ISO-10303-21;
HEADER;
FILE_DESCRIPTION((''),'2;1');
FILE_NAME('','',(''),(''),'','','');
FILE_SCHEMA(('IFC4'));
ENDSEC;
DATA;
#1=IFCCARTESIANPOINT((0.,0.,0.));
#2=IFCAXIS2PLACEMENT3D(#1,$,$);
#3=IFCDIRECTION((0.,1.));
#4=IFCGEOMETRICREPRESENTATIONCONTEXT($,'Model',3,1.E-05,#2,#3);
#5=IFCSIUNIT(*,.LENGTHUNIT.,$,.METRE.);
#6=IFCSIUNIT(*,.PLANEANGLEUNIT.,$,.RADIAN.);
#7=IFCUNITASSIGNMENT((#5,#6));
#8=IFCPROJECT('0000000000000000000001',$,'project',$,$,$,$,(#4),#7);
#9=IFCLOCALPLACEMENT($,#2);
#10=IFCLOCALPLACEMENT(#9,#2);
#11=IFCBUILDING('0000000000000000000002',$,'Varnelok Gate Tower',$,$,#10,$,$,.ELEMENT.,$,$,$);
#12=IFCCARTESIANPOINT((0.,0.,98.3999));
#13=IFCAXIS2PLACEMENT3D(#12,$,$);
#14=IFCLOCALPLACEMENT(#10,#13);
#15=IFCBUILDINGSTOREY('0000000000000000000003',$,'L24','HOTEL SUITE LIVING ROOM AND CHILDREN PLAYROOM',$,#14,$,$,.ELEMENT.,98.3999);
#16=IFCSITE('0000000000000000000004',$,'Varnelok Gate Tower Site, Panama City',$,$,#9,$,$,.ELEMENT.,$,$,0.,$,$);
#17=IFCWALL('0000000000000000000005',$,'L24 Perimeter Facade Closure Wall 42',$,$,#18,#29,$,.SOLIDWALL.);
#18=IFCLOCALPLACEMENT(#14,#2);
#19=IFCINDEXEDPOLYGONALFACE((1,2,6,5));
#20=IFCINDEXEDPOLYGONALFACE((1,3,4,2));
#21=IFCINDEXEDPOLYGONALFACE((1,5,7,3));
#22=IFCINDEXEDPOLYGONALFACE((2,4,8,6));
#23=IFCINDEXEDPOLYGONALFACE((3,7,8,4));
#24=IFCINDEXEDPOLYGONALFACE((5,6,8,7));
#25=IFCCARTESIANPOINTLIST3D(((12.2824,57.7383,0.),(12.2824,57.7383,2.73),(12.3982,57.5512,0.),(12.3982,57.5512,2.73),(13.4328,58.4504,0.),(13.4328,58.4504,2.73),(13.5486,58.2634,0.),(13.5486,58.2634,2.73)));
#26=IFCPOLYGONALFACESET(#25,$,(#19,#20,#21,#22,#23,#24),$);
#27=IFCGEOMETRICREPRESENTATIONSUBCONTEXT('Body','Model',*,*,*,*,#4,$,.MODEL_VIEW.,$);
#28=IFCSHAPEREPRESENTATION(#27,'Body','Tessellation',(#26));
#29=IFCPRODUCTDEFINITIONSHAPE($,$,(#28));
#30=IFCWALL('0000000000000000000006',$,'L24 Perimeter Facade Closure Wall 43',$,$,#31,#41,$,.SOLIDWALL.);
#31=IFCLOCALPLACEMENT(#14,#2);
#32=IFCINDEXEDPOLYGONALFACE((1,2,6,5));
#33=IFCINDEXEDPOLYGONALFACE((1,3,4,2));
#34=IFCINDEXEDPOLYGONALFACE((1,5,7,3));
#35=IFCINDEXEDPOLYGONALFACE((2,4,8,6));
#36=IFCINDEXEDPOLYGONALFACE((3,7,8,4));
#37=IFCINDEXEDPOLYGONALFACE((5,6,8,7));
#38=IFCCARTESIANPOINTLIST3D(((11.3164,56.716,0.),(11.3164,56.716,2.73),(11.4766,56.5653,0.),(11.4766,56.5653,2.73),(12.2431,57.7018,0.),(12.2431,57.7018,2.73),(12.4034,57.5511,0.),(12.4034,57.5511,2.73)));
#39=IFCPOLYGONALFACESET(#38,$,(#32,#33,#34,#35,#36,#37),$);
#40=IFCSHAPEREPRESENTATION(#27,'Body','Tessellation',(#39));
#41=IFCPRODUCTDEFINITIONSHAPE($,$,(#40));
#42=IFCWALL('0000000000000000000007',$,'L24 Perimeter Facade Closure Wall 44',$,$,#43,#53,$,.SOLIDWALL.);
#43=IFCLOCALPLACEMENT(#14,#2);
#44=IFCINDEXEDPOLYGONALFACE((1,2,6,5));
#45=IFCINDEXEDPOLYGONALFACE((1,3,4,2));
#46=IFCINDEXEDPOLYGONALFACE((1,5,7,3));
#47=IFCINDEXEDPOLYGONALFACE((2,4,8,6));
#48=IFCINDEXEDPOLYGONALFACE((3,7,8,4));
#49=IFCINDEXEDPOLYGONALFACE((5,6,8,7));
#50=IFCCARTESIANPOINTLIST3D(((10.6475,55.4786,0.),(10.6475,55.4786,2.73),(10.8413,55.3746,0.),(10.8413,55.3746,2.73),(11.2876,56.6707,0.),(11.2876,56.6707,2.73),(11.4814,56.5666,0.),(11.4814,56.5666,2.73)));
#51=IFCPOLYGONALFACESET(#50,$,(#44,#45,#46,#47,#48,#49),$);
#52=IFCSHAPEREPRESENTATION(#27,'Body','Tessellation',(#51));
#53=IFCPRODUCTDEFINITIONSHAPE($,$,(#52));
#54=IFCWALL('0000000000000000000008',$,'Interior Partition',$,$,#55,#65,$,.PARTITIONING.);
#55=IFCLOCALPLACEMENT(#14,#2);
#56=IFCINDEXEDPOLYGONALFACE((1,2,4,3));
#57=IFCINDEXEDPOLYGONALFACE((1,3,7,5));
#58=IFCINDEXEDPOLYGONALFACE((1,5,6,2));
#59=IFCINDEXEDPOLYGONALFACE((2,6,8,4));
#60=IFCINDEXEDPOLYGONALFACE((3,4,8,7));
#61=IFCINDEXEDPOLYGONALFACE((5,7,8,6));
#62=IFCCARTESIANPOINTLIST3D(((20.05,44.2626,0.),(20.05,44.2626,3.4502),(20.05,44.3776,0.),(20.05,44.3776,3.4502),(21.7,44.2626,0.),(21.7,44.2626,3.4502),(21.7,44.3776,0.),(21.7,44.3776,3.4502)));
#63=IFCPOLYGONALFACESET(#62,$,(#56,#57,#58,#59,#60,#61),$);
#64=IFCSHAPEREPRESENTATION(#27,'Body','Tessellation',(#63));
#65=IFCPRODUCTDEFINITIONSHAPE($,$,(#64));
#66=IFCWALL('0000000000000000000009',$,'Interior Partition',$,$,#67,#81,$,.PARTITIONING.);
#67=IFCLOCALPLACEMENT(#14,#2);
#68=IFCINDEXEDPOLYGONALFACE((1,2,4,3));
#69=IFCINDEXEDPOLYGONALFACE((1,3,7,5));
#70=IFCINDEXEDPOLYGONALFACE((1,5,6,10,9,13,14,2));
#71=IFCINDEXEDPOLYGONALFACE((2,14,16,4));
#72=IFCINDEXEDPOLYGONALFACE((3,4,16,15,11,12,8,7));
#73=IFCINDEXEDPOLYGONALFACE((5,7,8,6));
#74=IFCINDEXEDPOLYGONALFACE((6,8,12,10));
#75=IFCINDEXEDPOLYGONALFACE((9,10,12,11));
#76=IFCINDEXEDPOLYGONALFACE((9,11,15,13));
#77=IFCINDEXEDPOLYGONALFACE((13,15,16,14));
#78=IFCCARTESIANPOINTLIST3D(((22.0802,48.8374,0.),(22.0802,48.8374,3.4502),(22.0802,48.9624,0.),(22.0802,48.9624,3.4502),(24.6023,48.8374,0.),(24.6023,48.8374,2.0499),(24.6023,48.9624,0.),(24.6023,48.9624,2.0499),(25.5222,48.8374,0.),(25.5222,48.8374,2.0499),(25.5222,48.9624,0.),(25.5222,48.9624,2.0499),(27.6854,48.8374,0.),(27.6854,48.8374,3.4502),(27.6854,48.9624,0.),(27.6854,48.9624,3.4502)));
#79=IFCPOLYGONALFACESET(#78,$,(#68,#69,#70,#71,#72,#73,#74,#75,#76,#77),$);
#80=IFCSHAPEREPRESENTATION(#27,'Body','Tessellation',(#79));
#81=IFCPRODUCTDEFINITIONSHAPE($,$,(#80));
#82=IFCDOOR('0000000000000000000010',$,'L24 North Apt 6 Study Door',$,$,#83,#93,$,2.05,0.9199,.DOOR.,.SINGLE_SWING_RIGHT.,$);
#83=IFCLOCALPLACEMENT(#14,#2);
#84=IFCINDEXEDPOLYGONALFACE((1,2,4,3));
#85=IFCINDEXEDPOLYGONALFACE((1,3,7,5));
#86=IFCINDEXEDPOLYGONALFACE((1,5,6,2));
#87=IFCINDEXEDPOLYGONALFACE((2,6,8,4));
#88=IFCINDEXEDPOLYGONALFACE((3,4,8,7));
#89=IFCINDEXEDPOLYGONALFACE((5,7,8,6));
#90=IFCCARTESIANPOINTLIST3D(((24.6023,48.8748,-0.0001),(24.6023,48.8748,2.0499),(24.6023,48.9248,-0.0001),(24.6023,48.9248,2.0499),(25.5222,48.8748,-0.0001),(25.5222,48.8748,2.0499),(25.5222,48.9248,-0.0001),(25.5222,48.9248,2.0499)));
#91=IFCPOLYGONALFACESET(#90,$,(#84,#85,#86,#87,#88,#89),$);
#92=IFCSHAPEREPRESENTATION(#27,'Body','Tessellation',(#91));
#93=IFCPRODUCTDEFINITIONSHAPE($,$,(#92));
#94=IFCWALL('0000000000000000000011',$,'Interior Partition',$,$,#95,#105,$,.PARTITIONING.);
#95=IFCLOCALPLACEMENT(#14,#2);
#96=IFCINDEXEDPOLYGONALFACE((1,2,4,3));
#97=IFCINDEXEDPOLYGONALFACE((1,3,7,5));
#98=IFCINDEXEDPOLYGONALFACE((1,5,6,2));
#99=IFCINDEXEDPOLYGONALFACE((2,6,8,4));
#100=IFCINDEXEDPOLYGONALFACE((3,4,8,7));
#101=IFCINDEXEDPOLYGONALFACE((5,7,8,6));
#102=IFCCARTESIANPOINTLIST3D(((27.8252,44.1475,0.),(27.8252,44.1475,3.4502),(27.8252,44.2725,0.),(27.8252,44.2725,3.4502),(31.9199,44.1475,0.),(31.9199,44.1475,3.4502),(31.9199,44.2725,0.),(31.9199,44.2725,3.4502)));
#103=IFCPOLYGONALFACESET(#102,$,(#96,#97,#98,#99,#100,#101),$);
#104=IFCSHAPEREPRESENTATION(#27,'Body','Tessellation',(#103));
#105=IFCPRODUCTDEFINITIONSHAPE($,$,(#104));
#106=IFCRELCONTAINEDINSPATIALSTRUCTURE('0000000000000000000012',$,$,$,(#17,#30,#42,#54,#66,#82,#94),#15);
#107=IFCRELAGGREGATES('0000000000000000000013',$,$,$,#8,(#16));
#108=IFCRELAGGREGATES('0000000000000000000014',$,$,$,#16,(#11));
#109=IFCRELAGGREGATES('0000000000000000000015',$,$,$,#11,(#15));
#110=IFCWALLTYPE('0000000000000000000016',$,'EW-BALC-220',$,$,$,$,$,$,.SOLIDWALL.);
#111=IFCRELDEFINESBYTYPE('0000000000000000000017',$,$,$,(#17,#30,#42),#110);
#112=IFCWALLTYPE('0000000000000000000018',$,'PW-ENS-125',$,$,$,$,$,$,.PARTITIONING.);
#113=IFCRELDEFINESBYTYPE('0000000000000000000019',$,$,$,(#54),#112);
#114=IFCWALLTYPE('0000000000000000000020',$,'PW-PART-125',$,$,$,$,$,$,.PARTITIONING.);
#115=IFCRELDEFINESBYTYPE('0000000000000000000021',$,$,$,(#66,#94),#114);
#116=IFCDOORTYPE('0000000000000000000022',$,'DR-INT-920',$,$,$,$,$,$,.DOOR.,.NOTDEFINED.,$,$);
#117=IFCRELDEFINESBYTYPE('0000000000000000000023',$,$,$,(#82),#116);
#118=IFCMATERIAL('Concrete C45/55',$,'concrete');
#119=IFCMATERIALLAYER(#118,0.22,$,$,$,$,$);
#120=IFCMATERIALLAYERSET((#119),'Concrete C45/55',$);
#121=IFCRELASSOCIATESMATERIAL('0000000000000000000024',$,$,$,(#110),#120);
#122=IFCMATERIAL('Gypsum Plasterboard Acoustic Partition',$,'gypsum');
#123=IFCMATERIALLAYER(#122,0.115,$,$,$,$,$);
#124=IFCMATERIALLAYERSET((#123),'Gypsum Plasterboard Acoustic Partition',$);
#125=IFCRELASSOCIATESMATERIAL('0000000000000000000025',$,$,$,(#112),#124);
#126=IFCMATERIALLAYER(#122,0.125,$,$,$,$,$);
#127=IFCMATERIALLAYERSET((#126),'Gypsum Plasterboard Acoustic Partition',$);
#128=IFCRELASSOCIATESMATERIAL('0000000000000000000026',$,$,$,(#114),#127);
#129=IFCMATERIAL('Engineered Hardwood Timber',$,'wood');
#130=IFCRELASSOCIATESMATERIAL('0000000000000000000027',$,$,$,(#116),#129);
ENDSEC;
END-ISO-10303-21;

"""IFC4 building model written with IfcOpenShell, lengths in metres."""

from ifc_helpers import new_model, si_unit, direction, frame, frame_2d, origin, place, context, subcontext, project, spatial, rectangle, extrude, material, layer, layer_set, type_object, element, fill, save


model = new_model("IFC4")

# Units and contexts
model_context = context("Model", 3, precision=1e-05, world=origin(), true_north=direction((0.0, 1.0)))
body_context = subcontext(model_context, "Body", "Model", "MODEL_VIEW")
ifc_project = project(units=[si_unit("LENGTHUNIT", "METRE"), si_unit("PLANEANGLEUNIT", "RADIAN")], contexts=[model_context])

# Site, building, storey
site_placement = place(None, origin())
site = spatial("IfcSite", under=ifc_project, at=site_placement, Name="Varnelok Gate Tower Site, Panama City", CompositionType="ELEMENT", RefElevation=0.0)
building_placement = place(site_placement, origin())
building = spatial("IfcBuilding", under=site, at=building_placement, Name="Varnelok Gate Tower", CompositionType="ELEMENT")
storey_placement = place(building_placement, frame((0.0, 0.0, 98.3999)))
storey = spatial("IfcBuildingStorey", under=building, at=storey_placement, Name="L24", Description="HOTEL SUITE LIVING ROOM AND CHILDREN PLAYROOM", CompositionType="ELEMENT", Elevation=98.3999)

# Walls
ifc_material_1 = material(Name="Concrete C45/55", Category="concrete")
ifc_layer_1 = layer(ifc_material_1, 0.22)
ifc_layer_set_1 = layer_set([ifc_layer_1], Name="Concrete C45/55")
wall_type_1 = type_object("IfcWallType", Name="EW-BALC-220", PredefinedType="SOLIDWALL", material=ifc_layer_set_1)
for number, where, z_axis, x_axis, name in (
    (1, (13.4907, 58.3569, 0.0), (0.0, 0.0, 1.0), (-0.850261, -0.526361, 0.0), "L24 Perimeter Facade Closure Wall 42"),
    (2, (12.3232, 57.6265, 0.0), (0.0, 0.0, 1.0), (-0.684937, -0.728602, 0.0), "L24 Perimeter Facade Closure Wall 43"),
    (3, (11.3845, 56.6187, 0.0), (0.0, 0.0, 1.0), (-0.473077, -0.881021, 0.0), "L24 Perimeter Facade Closure Wall 44"),
):
    element("IfcWall", number, at=place(storey_placement, frame(where, z_axis=z_axis, x_axis=x_axis)), inside=storey, type_object=wall_type_1, Name=name, PredefinedType="SOLIDWALL", context=body_context, shape_type="SweptSolid", body=[
        extrude(rectangle(XDim=1.353, YDim=0.22, at=frame_2d((0.6765, 0.0))), origin(), (0.0, 0.0, 1.0), 2.73),
    ])
ifc_material_2 = material(Name="Gypsum Plasterboard Acoustic Partition", Category="gypsum")
ifc_layer_2 = layer(ifc_material_2, 0.115)
ifc_layer_set_2 = layer_set([ifc_layer_2], Name="Gypsum Plasterboard Acoustic Partition")
wall_type_2 = type_object("IfcWallType", Name="PW-ENS-125", PredefinedType="PARTITIONING", material=ifc_layer_set_2)
wall_1_placement = place(storey_placement, frame((20.05, 44.3201, 0.0), z_axis=(0.0, 0.0, 1.0), x_axis=(1.0, 0.0, 0.0)))
element("IfcWall", 4, at=wall_1_placement, inside=storey, type_object=wall_type_2, Name="Interior Partition", PredefinedType="PARTITIONING", context=body_context, shape_type="SweptSolid", body=[
    extrude(rectangle(XDim=1.6499, YDim=0.115, at=frame_2d((0.825, 0.0))), origin(), (0.0, 0.0, 1.0), 3.4502),
])

# Wall, opening, door
ifc_layer_3 = layer(ifc_material_2, 0.125)
ifc_layer_set_3 = layer_set([ifc_layer_3], Name="Gypsum Plasterboard Acoustic Partition")
wall_type_3 = type_object("IfcWallType", Name="PW-PART-125", PredefinedType="PARTITIONING", material=ifc_layer_set_3)
wall_2_placement = place(storey_placement, frame((22.0801, 48.8999, 0.0), z_axis=(0.0, 0.0, 1.0), x_axis=(1.0, 0.0, 0.0)))
wall_2 = element("IfcWall", 5, at=wall_2_placement, inside=storey, type_object=wall_type_3, Name="Interior Partition", PredefinedType="PARTITIONING", context=body_context, shape_type="SweptSolid", body=[
    extrude(rectangle(XDim=5.6052, YDim=0.125, at=frame_2d((2.8027, 0.0))), origin(), (0.0, 0.0, 1.0), 3.4502),
])
opening_placement = place(wall_2_placement, frame((2.5222, 0.0, 0.0)))
opening = element("IfcOpeningElement", 6, at=opening_placement, cuts=wall_2, PredefinedType="OPENING", context=body_context, shape_type="SweptSolid", body=[
    extrude(rectangle(XDim=0.9199, YDim=2.05, at=frame_2d((0.46, 1.0249))), frame((0.0, 0.0725, 0.0), z_axis=(0.0, -1.0, 0.0), x_axis=(1.0, 0.0, 0.0)), (0.0, 0.0, 1.0), 0.145),
])
ifc_material_3 = material(Name="Engineered Hardwood Timber", Category="wood")
door_type = type_object("IfcDoorType", Name="DR-INT-920", OperationType="NOTDEFINED", PredefinedType="DOOR", material=ifc_material_3)
door_placement = place(opening_placement, origin())
door = element("IfcDoor", 7, at=door_placement, inside=storey, type_object=door_type, Name="L24 North Apt 6 Study Door", OperationType="SINGLE_SWING_RIGHT", OverallHeight=2.05, OverallWidth=0.9199, PredefinedType="DOOR", context=body_context, shape_type="SweptSolid", body=[
    extrude(rectangle(XDim=0.9199, YDim=2.05, at=frame_2d((0.46, 1.0249))), frame((0.0, 0.0249, 0.0), z_axis=(0.0, -1.0, 0.0), x_axis=(1.0, 0.0, 0.0)), (0.0, 0.0, 1.0), 0.05),
])
fill(opening, door)

# Wall
wall_3_placement = place(storey_placement, frame((27.8252, 44.21, 0.0), z_axis=(0.0, 0.0, 1.0), x_axis=(1.0, 0.0, 0.0)))
element("IfcWall", 8, at=wall_3_placement, inside=storey, type_object=wall_type_3, Name="Interior Partition", PredefinedType="PARTITIONING", context=body_context, shape_type="SweptSolid", body=[
    extrude(rectangle(XDim=4.0947, YDim=0.125, at=frame_2d((2.0474, 0.0))), origin(), (0.0, 0.0, 1.0), 3.4502),
])

save(model, "model.ifc")
